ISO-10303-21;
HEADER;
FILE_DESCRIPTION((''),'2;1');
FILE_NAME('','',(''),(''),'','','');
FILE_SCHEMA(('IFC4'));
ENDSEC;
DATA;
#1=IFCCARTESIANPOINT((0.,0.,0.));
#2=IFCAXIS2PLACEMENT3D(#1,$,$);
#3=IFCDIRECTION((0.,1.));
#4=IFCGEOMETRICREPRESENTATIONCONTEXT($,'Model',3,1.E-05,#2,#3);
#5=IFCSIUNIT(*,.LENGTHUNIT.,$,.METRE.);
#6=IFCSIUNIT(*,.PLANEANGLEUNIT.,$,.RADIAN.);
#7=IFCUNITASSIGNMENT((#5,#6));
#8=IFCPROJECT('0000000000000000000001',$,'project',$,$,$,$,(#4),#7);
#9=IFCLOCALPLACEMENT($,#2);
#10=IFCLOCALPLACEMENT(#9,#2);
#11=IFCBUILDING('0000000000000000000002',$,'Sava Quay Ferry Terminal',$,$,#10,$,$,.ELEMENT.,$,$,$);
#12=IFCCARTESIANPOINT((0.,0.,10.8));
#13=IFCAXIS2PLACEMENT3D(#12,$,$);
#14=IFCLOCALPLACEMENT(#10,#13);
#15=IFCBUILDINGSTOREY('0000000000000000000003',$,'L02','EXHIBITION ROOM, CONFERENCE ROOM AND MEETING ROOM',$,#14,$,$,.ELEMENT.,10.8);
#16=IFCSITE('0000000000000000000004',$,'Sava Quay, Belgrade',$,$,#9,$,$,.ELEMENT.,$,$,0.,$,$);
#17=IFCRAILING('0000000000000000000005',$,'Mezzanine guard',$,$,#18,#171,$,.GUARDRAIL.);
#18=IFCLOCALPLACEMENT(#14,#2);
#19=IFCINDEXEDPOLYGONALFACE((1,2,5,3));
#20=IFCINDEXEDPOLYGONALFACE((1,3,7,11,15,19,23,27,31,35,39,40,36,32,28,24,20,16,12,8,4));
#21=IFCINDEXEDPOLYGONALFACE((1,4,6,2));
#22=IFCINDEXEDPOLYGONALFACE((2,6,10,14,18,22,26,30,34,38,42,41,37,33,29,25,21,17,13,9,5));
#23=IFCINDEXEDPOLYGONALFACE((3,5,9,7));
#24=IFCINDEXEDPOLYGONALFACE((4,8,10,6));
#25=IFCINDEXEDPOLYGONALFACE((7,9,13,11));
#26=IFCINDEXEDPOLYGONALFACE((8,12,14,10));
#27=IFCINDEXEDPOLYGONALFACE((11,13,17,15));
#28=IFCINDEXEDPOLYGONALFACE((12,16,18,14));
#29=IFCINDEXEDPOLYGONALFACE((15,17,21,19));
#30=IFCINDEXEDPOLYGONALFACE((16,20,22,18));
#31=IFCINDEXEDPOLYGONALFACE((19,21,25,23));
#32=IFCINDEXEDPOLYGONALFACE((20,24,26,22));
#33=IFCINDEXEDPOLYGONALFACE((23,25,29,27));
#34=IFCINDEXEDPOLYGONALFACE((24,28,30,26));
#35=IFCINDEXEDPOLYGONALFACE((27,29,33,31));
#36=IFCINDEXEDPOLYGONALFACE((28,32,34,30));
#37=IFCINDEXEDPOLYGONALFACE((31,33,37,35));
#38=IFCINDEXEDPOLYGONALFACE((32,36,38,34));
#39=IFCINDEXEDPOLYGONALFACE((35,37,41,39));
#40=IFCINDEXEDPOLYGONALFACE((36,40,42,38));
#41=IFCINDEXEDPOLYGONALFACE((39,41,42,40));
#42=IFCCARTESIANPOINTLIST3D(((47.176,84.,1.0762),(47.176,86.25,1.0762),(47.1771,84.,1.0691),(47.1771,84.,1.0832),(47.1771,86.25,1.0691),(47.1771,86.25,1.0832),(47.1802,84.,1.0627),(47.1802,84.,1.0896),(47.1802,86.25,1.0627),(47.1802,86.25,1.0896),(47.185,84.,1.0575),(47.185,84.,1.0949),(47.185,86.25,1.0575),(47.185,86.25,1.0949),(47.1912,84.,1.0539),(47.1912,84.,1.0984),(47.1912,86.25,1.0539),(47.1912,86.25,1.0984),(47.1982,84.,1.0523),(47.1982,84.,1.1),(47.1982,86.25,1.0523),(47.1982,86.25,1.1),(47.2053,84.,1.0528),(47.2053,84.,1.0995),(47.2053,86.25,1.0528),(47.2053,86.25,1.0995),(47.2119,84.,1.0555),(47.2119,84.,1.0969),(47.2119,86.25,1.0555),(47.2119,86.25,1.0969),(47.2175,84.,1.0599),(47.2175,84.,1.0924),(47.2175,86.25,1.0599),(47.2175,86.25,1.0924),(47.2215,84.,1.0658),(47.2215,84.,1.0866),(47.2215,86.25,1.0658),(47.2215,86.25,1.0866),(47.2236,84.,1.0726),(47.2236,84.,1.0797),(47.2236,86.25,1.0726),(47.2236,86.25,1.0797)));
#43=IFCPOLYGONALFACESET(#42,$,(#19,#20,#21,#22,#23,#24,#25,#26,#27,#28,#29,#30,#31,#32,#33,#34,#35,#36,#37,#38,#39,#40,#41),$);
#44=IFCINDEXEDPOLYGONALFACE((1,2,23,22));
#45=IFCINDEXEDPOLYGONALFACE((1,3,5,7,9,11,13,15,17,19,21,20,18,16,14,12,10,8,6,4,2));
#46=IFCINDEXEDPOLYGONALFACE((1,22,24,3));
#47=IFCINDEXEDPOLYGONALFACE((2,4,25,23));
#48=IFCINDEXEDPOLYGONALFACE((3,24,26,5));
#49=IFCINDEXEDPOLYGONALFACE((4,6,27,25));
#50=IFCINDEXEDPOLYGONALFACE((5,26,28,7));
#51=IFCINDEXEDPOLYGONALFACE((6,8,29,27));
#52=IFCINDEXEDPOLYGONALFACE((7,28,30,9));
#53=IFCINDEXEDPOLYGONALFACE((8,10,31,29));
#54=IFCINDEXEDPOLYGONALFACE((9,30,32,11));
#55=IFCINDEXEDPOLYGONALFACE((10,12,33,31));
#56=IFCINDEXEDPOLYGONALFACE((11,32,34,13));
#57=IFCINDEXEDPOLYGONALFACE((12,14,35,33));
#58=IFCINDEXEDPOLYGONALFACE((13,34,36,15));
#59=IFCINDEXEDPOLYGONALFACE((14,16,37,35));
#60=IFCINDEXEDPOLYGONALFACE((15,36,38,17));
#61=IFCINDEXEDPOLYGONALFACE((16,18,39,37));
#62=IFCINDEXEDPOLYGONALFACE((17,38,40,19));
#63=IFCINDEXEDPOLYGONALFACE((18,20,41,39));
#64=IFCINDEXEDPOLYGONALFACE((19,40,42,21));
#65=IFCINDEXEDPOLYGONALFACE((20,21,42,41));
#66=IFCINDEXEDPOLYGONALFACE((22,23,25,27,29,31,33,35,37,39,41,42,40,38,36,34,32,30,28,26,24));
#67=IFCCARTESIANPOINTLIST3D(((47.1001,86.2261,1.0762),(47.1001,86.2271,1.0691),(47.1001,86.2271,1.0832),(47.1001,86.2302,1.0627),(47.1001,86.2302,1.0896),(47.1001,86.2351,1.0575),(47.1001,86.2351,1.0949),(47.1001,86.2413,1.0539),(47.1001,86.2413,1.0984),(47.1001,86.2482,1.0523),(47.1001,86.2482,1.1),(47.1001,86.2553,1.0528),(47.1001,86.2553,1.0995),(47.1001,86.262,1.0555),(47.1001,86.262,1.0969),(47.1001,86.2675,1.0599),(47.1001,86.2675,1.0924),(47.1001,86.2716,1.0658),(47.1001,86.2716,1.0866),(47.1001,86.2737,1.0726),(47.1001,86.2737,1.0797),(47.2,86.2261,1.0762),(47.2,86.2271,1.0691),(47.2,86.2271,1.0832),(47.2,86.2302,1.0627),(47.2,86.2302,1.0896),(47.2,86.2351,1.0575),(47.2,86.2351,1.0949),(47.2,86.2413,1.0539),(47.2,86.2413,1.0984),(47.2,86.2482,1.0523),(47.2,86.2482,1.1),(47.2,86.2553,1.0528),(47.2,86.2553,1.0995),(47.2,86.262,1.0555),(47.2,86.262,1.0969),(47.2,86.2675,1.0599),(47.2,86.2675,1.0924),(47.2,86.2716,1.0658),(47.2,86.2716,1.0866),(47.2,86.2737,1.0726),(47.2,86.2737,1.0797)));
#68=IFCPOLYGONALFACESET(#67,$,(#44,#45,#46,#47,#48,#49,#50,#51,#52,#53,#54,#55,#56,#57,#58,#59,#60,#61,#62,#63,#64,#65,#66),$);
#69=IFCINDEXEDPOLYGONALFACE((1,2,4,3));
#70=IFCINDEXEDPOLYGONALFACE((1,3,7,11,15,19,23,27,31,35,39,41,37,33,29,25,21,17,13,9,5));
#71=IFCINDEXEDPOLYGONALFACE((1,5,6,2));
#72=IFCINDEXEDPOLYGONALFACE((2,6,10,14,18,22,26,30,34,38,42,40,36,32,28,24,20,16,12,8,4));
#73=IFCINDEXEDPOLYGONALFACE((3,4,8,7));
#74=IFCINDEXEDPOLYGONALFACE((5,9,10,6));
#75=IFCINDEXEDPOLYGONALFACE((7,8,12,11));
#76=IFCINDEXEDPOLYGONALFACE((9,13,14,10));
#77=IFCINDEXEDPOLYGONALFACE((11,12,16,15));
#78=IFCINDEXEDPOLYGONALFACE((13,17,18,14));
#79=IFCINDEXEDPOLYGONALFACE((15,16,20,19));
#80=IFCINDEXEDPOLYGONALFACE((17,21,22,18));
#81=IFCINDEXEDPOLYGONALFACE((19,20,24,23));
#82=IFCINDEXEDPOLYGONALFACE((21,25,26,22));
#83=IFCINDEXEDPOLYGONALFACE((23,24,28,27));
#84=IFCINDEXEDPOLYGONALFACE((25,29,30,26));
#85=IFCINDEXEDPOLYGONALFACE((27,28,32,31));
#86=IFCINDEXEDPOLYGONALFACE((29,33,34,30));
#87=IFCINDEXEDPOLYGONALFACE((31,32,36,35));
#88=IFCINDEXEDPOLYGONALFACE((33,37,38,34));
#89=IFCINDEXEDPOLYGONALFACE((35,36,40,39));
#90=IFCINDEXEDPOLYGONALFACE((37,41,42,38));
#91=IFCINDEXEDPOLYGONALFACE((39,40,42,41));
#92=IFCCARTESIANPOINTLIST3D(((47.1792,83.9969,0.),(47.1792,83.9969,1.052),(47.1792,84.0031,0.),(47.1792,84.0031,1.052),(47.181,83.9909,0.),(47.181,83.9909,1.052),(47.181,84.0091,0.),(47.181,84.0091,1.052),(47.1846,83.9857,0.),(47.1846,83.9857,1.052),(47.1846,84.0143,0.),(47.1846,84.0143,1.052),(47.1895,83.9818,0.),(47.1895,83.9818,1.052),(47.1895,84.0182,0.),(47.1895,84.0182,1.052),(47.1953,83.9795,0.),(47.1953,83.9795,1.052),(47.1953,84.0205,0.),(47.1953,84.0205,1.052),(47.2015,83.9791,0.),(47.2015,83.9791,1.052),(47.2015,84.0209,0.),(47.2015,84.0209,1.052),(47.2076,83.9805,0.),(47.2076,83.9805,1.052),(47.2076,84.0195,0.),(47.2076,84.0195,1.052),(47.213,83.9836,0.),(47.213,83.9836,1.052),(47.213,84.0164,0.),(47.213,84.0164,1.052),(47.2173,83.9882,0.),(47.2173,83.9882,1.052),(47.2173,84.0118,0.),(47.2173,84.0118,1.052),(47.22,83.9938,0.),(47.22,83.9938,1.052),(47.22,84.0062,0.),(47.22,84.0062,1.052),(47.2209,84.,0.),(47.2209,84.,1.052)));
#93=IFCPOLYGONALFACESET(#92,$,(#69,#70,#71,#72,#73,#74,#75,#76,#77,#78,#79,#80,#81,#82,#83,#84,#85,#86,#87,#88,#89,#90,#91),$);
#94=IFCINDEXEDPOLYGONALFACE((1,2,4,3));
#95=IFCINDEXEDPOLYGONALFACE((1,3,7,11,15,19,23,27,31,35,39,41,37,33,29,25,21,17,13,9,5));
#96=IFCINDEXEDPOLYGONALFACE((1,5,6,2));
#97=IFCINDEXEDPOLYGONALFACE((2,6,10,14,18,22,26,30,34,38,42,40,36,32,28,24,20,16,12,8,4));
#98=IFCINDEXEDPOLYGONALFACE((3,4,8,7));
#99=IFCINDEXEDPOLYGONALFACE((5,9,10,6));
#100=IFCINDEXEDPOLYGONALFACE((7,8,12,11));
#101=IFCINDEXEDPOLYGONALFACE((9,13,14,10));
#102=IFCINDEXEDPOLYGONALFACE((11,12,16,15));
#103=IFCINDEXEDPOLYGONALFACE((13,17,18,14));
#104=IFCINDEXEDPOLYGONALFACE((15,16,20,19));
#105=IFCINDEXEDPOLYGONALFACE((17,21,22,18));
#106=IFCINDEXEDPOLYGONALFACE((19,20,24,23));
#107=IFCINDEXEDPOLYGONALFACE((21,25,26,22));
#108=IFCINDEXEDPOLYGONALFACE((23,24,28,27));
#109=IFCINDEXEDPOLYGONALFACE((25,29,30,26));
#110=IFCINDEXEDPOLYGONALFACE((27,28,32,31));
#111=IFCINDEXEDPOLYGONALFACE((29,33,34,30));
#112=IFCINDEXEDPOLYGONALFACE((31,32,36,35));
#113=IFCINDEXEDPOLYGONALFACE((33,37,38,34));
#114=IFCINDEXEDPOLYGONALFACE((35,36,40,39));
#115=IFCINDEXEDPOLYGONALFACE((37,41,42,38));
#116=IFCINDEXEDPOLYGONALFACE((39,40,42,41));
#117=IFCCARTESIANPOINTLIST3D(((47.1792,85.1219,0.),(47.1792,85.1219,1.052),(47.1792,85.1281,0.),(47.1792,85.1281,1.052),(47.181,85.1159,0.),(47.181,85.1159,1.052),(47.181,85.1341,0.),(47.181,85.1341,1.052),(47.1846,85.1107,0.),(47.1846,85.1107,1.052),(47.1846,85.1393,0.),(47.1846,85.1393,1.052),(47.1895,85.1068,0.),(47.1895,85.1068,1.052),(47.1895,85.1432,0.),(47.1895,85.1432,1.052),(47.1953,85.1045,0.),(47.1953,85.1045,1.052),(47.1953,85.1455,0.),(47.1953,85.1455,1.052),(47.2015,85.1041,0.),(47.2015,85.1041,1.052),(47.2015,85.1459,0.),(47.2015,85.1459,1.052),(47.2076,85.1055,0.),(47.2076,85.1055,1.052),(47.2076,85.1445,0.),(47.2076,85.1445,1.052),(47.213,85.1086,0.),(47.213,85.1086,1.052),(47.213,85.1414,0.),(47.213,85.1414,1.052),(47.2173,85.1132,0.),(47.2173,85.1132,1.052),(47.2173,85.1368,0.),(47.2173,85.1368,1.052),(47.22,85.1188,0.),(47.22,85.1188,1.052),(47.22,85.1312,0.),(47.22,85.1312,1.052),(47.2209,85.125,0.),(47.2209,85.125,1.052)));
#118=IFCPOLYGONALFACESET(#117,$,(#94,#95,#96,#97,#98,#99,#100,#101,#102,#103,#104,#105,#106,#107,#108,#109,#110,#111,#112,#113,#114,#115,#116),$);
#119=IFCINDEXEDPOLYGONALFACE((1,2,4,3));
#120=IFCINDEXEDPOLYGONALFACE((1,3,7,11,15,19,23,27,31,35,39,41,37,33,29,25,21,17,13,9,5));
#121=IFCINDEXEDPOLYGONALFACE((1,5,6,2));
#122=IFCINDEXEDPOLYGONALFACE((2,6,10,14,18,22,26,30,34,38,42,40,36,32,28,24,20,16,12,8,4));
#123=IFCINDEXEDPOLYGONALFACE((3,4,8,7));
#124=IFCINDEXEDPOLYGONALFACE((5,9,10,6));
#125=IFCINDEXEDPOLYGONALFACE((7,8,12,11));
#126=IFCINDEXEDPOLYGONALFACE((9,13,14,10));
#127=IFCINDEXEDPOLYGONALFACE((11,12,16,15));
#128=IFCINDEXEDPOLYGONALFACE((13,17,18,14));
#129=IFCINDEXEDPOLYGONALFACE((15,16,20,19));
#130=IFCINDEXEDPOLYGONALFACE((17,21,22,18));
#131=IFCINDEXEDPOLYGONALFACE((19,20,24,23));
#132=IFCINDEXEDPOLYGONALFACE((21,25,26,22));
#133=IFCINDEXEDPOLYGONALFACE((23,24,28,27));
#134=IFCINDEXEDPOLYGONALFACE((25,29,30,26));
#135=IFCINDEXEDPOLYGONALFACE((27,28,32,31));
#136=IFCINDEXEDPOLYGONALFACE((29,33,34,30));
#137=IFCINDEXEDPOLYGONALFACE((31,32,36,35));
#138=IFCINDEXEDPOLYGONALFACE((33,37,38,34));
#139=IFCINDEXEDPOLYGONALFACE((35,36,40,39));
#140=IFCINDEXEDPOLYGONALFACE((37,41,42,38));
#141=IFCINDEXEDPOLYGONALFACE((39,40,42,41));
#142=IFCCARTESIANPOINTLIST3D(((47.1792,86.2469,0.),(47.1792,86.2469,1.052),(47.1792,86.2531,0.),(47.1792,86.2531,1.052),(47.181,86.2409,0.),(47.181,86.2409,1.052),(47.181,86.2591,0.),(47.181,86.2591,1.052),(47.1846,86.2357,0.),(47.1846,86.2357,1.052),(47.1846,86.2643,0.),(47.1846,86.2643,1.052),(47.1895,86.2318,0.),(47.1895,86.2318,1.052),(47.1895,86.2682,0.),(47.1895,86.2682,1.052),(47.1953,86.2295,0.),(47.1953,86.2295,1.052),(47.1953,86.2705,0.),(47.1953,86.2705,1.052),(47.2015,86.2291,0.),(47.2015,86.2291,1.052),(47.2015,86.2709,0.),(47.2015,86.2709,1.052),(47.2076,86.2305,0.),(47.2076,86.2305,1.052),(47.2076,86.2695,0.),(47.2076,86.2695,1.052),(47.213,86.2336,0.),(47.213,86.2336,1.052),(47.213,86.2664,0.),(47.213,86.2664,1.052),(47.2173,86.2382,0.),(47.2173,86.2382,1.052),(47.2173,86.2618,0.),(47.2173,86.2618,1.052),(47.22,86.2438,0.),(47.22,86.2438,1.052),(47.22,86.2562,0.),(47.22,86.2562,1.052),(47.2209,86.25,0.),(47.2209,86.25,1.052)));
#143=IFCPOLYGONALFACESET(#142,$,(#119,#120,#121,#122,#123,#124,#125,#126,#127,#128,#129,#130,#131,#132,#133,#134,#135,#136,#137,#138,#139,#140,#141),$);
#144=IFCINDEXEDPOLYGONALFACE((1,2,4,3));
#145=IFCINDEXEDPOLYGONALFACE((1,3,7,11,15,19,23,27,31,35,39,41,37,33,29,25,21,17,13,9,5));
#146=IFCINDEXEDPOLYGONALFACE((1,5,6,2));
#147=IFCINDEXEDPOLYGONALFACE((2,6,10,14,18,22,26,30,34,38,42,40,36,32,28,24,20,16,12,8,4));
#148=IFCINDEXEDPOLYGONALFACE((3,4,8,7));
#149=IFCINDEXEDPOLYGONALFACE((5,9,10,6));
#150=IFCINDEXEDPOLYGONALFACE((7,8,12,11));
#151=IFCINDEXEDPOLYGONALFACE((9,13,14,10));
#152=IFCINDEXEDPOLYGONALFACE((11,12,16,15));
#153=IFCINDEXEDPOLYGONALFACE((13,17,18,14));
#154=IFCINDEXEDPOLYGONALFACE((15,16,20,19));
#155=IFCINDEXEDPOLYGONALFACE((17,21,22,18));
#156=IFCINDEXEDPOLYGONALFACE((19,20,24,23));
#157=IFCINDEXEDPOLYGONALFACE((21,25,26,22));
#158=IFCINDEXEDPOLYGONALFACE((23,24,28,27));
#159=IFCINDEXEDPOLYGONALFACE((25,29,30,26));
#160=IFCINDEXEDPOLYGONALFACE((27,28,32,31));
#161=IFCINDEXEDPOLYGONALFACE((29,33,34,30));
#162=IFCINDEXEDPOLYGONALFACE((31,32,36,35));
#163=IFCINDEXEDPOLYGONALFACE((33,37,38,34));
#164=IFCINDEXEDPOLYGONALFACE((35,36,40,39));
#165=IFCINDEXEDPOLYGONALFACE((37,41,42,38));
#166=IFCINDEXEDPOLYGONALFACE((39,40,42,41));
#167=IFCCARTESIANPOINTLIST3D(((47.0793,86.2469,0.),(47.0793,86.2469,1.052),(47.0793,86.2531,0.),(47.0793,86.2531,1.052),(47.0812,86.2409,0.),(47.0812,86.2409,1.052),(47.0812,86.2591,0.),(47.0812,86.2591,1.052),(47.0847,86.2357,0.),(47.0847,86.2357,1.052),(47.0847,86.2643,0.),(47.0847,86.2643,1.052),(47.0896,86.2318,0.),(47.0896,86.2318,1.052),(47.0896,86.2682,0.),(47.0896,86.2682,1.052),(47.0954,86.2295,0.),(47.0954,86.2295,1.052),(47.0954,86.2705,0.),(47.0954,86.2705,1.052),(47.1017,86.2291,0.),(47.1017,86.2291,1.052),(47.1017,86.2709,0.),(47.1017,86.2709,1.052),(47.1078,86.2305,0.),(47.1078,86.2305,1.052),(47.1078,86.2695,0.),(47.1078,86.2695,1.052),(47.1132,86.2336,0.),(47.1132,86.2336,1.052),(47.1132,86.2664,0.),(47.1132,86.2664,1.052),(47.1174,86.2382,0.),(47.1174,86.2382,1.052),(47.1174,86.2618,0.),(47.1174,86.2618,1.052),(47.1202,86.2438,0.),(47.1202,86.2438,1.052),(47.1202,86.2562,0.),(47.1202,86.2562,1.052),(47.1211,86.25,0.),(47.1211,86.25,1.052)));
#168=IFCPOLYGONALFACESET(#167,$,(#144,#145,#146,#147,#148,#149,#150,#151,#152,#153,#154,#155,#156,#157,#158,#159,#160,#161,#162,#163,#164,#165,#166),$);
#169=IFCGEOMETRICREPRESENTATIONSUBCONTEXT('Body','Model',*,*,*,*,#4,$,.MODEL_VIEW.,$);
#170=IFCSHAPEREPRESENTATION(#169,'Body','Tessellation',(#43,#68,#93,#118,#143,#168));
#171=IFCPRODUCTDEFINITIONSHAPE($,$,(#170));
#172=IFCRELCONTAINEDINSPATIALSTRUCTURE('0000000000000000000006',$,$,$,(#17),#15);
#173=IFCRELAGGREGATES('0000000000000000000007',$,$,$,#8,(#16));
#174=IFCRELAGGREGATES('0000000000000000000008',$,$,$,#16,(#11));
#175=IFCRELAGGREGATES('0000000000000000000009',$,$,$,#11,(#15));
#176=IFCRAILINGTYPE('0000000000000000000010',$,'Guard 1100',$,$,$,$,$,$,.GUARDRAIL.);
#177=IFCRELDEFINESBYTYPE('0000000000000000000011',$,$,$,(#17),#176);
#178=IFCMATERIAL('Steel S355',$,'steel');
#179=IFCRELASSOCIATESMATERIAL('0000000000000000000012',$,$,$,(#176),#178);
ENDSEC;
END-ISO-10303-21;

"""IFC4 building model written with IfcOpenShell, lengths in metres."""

from ifc_helpers import new_model, si_unit, direction, frame, origin, origin_2d, place, context, subcontext, project, spatial, circle, extrude, material, type_object, element, save


model = new_model("IFC4")

# Units and contexts
model_context = context("Model", 3, precision=1e-05, world=origin(), true_north=direction((0.0, 1.0)))
body_context = subcontext(model_context, "Body", "Model", "MODEL_VIEW")
ifc_project = project(units=[si_unit("LENGTHUNIT", "METRE"), si_unit("PLANEANGLEUNIT", "RADIAN")], contexts=[model_context])

# Site, building, storey
site_placement = place(None, origin())
site = spatial("IfcSite", under=ifc_project, at=site_placement, Name="Sava Quay, Belgrade", CompositionType="ELEMENT", RefElevation=0.0)
building_placement = place(site_placement, origin())
building = spatial("IfcBuilding", under=site, at=building_placement, Name="Sava Quay Ferry Terminal", CompositionType="ELEMENT")
storey_placement = place(building_placement, frame((0.0, 0.0, 10.8)))
storey = spatial("IfcBuildingStorey", under=building, at=storey_placement, Name="L02", Description="EXHIBITION ROOM, CONFERENCE ROOM AND MEETING ROOM", CompositionType="ELEMENT", Elevation=10.8)

# Railing
ifc_material_1 = material(Name="Steel S355", Category="steel")
railing_type = type_object("IfcRailingType", Name="Guard 1100", PredefinedType="GUARDRAIL", material=ifc_material_1)
railing_1_placement = place(storey_placement, frame((47.2, 84.0, 0.0)))
element("IfcRailing", 1, at=railing_1_placement, inside=storey, type_object=railing_type, Name="Mezzanine guard", PredefinedType="GUARDRAIL", context=body_context, shape_type="SweptSolid", body=[
    extrude(circle(Radius=0.0239, at=origin_2d()), frame((0.0, 0.0, 1.0762), z_axis=(0.0, 1.0, 0.0), x_axis=(-1.0, 0.0, 0.0)), (0.0, 0.0, 1.0), 2.25),
    extrude(circle(Radius=0.0239, at=origin_2d()), frame((0.0, 2.25, 1.0762), z_axis=(-1.0, 0.0, 0.0), x_axis=(0.0, -1.0, 0.0)), (0.0, 0.0, 1.0), 0.0999),
    extrude(circle(Radius=0.021, at=origin_2d()), origin(), (0.0, 0.0, 1.0), 1.052),
    extrude(circle(Radius=0.021, at=origin_2d()), frame((0.0, 1.125, 0.0)), (0.0, 0.0, 1.0), 1.052),
    extrude(circle(Radius=0.021, at=origin_2d()), frame((0.0, 2.25, 0.0)), (0.0, 0.0, 1.0), 1.052),
    extrude(circle(Radius=0.021, at=origin_2d()), frame((-0.0999, 2.25, 0.0)), (0.0, 0.0, 1.0), 1.052),
])

save(model, "model.ifc")
